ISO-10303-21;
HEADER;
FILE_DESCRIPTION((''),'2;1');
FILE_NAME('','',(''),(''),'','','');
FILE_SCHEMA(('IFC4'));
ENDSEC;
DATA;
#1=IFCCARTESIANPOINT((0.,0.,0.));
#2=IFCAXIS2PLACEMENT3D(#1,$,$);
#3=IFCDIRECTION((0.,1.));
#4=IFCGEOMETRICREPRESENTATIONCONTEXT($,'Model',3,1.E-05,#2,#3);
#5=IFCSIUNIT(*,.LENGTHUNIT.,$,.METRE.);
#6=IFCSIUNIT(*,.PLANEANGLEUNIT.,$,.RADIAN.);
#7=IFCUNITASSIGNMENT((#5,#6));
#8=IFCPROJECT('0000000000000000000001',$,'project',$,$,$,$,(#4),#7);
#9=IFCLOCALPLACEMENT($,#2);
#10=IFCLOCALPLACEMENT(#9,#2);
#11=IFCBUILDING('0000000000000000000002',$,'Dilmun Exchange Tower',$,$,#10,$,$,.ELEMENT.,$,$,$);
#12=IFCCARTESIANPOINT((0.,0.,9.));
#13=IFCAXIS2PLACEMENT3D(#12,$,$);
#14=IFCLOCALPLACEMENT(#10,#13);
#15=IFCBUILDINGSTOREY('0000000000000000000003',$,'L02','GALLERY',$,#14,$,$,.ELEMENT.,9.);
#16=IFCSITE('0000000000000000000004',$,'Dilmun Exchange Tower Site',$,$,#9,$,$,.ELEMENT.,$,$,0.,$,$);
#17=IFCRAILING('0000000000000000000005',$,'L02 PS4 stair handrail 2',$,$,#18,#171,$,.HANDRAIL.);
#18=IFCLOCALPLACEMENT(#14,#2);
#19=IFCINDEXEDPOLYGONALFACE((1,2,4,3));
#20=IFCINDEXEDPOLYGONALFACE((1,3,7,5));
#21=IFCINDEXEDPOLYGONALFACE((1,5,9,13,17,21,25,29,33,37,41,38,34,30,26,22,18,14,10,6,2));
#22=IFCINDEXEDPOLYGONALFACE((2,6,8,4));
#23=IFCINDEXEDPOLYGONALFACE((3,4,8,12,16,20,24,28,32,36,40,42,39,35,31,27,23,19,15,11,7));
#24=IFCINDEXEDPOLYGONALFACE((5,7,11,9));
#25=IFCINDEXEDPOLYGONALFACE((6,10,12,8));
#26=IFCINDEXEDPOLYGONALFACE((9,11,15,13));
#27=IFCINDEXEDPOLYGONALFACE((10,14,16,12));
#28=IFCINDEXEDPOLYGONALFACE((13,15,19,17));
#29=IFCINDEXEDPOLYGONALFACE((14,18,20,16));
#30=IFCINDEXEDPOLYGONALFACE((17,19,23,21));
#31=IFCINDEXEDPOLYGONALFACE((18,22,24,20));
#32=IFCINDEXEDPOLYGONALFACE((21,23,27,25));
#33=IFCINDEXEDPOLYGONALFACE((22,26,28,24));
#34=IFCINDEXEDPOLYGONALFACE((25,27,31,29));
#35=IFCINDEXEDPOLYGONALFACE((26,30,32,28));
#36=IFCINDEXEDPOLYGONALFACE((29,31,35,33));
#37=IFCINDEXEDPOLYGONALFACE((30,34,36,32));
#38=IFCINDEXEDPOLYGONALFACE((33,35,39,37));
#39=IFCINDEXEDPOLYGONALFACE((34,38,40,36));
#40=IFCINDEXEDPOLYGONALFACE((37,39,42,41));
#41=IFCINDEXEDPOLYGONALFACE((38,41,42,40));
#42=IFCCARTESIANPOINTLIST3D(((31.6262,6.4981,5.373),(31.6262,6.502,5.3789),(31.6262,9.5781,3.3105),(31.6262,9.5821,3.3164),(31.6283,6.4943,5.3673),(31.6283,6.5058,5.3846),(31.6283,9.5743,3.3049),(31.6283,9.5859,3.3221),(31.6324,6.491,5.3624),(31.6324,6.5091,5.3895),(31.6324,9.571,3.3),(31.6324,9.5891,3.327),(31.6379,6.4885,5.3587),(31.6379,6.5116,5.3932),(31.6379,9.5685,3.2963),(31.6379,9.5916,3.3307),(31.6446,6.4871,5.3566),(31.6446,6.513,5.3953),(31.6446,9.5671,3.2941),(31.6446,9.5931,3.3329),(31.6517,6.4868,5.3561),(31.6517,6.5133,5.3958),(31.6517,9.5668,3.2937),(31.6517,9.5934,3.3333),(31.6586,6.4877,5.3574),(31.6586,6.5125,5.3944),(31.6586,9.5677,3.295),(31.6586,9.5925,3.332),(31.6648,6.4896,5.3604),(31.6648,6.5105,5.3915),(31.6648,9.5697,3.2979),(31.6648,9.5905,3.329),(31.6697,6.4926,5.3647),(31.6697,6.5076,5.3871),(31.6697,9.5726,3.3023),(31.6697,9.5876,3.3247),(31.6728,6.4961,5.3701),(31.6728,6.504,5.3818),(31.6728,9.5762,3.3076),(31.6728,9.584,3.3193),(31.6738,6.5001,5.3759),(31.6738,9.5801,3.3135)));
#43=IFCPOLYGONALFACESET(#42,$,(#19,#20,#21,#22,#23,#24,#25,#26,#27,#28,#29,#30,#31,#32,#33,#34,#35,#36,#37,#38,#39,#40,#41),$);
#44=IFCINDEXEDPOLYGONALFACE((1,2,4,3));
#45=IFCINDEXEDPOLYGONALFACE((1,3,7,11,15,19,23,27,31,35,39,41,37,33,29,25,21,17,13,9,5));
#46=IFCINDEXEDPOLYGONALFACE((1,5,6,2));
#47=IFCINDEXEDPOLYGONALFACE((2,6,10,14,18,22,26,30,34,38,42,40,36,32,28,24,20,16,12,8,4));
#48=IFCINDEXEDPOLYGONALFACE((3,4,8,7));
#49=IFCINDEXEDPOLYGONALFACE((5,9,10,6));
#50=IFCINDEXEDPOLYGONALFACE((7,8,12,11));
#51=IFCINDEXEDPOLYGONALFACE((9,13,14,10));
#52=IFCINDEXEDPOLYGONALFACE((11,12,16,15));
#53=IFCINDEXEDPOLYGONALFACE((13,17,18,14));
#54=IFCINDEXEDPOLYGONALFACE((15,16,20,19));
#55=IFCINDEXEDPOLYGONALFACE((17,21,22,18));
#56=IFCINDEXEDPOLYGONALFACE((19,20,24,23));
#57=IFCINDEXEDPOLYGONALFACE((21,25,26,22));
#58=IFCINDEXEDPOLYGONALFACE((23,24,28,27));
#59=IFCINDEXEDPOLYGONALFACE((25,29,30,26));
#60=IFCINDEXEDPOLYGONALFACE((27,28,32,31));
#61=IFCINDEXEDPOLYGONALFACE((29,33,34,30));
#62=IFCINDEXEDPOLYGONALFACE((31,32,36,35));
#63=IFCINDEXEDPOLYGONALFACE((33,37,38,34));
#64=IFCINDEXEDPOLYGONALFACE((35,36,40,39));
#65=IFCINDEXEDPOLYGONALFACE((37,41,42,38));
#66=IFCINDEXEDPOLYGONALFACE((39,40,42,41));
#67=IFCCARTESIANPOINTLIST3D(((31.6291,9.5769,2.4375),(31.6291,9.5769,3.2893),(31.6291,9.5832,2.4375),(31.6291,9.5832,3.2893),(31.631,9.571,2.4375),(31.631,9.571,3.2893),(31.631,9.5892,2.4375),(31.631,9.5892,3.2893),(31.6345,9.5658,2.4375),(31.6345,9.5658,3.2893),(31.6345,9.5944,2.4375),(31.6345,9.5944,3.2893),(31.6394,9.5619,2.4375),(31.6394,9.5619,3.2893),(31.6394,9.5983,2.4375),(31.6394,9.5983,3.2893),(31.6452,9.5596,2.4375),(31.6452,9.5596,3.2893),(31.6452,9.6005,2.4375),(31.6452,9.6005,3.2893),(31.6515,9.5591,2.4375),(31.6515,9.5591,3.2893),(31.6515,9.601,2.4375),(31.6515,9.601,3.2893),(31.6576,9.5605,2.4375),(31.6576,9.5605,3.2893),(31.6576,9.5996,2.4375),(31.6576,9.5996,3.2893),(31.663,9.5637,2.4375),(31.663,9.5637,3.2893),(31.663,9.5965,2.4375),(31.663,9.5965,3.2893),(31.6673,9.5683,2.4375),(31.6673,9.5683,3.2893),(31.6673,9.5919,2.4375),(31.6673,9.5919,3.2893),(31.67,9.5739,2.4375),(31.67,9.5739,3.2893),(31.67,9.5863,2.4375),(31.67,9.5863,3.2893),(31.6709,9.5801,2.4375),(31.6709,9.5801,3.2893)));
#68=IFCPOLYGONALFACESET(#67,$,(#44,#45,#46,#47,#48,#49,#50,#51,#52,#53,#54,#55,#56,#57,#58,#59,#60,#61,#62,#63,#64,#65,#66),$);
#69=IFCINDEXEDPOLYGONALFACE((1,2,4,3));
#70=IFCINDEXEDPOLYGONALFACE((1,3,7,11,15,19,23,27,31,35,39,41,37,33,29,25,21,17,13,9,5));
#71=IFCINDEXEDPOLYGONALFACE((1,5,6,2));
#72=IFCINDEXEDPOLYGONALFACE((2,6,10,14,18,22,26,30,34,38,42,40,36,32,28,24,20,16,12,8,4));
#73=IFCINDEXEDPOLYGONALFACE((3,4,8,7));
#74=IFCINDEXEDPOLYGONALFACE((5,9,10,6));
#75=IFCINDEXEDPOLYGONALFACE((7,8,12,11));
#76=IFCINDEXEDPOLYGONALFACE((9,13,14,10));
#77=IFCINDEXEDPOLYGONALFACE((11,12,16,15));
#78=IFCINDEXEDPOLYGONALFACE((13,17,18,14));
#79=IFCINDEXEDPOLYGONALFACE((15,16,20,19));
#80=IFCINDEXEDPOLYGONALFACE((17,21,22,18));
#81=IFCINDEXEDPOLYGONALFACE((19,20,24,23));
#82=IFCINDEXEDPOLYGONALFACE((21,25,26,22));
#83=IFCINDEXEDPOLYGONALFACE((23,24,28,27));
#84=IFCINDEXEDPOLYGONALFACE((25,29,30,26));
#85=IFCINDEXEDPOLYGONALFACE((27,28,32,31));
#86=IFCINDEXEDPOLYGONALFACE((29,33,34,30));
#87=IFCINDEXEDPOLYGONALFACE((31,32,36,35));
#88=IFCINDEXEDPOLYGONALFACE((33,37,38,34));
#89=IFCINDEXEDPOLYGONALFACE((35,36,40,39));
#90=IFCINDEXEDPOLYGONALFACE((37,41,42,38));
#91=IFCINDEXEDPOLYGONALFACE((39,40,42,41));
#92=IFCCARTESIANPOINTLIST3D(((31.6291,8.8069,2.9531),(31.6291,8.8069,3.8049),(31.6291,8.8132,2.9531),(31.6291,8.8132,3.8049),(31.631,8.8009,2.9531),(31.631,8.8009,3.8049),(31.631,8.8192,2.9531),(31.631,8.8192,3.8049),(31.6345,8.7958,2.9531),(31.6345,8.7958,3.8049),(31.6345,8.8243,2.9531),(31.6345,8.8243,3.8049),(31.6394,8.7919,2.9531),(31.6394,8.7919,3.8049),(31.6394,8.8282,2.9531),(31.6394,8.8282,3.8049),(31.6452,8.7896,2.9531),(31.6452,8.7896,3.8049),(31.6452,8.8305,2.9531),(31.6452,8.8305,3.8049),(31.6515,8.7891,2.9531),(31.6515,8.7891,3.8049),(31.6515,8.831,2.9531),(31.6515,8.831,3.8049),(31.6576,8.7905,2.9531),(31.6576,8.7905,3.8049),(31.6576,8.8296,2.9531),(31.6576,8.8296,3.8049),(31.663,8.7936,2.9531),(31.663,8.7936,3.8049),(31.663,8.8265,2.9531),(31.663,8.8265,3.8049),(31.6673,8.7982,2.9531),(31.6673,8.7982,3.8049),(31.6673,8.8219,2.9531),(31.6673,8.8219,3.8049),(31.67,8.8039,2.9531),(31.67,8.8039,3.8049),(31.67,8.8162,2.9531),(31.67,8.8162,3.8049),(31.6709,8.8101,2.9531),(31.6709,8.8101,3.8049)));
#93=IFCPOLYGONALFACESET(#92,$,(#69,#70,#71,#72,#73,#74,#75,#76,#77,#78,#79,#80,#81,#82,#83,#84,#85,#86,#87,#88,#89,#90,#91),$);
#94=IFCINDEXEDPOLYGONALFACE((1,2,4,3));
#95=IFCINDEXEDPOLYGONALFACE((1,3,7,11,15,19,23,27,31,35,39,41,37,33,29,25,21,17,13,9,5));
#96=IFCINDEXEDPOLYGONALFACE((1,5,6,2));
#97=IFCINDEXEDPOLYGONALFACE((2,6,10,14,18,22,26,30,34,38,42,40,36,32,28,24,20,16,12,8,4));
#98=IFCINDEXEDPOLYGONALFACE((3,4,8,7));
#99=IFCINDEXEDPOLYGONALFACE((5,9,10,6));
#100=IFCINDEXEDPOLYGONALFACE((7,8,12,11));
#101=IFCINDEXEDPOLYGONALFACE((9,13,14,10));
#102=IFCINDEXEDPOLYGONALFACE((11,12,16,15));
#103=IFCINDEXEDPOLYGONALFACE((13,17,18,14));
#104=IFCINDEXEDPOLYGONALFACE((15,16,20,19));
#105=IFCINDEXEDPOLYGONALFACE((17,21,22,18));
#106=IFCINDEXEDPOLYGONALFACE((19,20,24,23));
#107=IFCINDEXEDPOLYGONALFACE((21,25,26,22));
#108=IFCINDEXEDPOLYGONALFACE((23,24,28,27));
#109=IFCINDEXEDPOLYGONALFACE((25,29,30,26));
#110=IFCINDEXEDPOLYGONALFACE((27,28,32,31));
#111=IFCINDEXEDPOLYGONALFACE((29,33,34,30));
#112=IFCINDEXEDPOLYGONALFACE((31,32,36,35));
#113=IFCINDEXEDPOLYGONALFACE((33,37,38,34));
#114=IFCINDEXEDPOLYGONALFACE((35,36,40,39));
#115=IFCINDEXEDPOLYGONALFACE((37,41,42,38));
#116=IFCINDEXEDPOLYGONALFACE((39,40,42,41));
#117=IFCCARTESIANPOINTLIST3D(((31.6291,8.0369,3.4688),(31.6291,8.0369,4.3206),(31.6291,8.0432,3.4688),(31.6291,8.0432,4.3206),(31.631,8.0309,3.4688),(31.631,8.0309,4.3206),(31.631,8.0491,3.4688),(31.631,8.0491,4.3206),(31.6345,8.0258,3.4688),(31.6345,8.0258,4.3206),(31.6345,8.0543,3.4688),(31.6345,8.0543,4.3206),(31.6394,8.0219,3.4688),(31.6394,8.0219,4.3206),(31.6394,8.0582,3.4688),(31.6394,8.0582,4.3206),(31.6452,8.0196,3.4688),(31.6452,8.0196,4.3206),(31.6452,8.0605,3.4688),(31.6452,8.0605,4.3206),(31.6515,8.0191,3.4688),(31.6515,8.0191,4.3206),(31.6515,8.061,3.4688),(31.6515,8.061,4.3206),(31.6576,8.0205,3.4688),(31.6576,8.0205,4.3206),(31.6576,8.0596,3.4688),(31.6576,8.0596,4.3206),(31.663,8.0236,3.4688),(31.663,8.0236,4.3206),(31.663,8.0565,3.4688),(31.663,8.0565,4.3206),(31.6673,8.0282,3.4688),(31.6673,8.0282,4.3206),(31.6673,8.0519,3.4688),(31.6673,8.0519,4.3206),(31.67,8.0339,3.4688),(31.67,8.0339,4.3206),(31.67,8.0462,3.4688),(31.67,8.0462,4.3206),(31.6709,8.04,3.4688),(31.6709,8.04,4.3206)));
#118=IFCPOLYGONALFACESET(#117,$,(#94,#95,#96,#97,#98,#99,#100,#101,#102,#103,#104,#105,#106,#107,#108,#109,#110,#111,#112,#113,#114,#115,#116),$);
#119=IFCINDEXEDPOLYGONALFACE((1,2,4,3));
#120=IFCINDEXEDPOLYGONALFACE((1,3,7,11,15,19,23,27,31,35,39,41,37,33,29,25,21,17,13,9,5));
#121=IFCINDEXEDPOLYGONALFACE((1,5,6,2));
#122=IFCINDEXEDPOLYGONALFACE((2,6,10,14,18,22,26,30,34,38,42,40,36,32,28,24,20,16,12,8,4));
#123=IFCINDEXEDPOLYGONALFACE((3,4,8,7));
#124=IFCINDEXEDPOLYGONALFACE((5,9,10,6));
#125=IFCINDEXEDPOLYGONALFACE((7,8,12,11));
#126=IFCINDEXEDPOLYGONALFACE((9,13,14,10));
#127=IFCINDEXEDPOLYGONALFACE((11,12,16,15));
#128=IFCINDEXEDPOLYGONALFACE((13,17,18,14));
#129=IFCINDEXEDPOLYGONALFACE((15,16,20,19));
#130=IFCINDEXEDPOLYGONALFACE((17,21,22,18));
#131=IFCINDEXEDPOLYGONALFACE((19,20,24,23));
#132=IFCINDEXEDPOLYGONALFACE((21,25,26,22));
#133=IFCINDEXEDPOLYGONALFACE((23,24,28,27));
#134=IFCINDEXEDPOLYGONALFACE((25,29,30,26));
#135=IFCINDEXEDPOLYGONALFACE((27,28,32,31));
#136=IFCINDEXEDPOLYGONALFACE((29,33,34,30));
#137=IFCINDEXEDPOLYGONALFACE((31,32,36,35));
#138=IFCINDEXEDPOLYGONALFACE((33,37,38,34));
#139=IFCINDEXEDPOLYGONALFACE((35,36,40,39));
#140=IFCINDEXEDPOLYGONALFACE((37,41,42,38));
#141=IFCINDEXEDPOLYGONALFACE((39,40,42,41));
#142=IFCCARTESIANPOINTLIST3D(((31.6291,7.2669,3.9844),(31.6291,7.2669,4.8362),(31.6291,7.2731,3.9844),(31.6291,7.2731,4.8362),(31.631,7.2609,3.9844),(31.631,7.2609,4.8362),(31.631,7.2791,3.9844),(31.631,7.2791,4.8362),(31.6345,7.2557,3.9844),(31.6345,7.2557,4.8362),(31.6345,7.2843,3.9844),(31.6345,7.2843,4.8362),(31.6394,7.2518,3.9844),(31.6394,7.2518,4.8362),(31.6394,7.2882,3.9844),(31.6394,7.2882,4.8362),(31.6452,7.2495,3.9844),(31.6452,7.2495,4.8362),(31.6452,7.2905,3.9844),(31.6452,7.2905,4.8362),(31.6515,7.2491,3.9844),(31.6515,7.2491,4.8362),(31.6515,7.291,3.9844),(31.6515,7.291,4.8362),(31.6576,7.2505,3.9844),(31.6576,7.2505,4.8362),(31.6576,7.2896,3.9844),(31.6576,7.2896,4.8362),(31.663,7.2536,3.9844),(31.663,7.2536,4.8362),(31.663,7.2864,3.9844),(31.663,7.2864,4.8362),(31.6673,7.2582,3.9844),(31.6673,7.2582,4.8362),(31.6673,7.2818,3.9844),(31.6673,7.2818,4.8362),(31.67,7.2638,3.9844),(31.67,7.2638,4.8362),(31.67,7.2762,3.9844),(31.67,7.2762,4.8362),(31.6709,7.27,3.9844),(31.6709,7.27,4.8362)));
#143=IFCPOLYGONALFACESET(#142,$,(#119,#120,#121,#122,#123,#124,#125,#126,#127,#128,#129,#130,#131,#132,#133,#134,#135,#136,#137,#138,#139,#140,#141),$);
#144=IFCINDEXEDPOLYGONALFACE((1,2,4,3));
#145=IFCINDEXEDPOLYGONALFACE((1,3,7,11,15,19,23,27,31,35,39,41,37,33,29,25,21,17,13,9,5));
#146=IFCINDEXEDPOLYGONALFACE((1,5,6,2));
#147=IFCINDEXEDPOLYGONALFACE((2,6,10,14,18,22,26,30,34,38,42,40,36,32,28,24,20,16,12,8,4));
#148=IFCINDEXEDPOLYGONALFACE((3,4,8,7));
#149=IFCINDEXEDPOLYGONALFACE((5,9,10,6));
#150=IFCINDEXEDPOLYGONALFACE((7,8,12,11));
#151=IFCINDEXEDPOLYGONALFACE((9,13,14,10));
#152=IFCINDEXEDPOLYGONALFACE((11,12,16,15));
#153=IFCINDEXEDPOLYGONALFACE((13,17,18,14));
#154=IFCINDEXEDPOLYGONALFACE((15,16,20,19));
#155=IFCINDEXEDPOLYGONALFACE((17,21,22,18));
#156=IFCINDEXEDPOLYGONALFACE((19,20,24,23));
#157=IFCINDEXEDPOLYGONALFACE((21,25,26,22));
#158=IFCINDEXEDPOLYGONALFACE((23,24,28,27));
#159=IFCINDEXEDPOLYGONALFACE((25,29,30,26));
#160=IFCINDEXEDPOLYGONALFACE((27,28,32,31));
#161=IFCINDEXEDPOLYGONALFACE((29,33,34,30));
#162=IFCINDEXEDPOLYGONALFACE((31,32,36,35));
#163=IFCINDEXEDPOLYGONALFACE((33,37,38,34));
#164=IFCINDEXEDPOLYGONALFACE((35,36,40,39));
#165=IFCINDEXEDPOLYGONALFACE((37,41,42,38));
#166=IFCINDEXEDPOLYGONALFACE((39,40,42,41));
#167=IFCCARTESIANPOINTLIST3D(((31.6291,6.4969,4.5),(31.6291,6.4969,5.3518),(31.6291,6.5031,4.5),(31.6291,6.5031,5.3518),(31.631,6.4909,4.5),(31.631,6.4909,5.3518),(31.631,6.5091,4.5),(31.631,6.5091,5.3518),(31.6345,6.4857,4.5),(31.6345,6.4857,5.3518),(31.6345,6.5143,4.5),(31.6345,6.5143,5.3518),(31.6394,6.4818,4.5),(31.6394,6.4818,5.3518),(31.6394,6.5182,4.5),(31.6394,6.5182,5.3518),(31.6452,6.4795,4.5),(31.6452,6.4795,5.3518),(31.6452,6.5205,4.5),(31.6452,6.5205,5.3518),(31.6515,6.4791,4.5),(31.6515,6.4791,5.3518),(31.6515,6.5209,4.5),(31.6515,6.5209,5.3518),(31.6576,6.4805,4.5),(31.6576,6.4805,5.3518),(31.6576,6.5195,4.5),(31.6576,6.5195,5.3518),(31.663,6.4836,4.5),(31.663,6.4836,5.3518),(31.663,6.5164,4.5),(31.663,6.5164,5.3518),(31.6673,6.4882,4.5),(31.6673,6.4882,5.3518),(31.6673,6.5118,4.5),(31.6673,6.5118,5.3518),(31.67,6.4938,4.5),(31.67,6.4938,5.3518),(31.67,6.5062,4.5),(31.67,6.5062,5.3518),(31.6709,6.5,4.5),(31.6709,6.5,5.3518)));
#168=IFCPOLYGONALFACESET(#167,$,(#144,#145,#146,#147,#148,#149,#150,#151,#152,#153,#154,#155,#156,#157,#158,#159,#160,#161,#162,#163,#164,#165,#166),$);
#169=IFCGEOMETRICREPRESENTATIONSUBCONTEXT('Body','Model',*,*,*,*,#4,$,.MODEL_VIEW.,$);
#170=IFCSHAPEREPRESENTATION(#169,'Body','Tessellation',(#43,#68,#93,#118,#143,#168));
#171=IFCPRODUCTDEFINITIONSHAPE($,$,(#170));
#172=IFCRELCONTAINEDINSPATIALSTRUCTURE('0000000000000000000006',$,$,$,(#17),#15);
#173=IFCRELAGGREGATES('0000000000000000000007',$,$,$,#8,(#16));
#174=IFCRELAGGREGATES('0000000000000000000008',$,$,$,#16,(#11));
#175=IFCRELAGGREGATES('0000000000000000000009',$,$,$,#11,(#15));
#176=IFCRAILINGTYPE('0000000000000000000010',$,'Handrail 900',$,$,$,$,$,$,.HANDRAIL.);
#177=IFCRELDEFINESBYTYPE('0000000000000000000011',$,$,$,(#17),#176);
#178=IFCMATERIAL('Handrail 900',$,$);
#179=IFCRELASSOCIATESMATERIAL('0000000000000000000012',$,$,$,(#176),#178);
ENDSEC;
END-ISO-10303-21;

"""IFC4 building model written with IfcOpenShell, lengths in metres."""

from ifc_helpers import new_model, si_unit, direction, frame, origin, origin_2d, place, context, subcontext, project, spatial, circle, extrude, material, type_object, element, save


model = new_model("IFC4")

# Units and contexts
model_context = context("Model", 3, precision=1e-05, world=origin(), true_north=direction((0.0, 1.0)))
body_context = subcontext(model_context, "Body", "Model", "MODEL_VIEW")
ifc_project = project(units=[si_unit("LENGTHUNIT", "METRE"), si_unit("PLANEANGLEUNIT", "RADIAN")], contexts=[model_context])

# Site, building, storey
site_placement = place(None, origin())
site = spatial("IfcSite", under=ifc_project, at=site_placement, Name="Dilmun Exchange Tower Site", CompositionType="ELEMENT", RefElevation=0.0)
building_placement = place(site_placement, origin())
building = spatial("IfcBuilding", under=site, at=building_placement, Name="Dilmun Exchange Tower", CompositionType="ELEMENT")
storey_placement = place(building_placement, frame((0.0, 0.0, 9.0)))
storey = spatial("IfcBuildingStorey", under=building, at=storey_placement, Name="L02", Description="GALLERY", CompositionType="ELEMENT", Elevation=9.0)

# Railing
ifc_material_1 = material(Name="Handrail 900")
railing_type_1 = type_object("IfcRailingType", Name="Handrail 900", PredefinedType="HANDRAIL", material=ifc_material_1)
railing_1_placement = place(storey_placement, frame((31.6499, 9.5801, 2.4375)))
element("IfcRailing", 1, at=railing_1_placement, inside=storey, type_object=railing_type_1, Name="L02 PS4 stair handrail 2", PredefinedType="HANDRAIL", context=body_context, shape_type="SweptSolid", body=[
    extrude(circle(Radius=0.0239, at=origin_2d()), frame((0.0, 0.0, 0.876), z_axis=(0.0, -0.830914, 0.556401), x_axis=(1.0, 0.0, 0.0)), (0.0, 0.0, 1.0), 3.7068),
    extrude(circle(Radius=0.021, at=origin_2d()), origin(), (0.0, 0.0, 1.0), 0.8518),
    extrude(circle(Radius=0.021, at=origin_2d()), frame((0.0, -0.77, 0.5156)), (0.0, 0.0, 1.0), 0.8518),
    extrude(circle(Radius=0.021, at=origin_2d()), frame((0.0, -1.54, 1.0312)), (0.0, 0.0, 1.0), 0.8518),
    extrude(circle(Radius=0.021, at=origin_2d()), frame((0.0, -2.3101, 1.5469)), (0.0, 0.0, 1.0), 0.8518),
    extrude(circle(Radius=0.021, at=origin_2d()), frame((0.0, -3.0801, 2.0625)), (0.0, 0.0, 1.0), 0.8518),
])

save(model, "model.ifc")
